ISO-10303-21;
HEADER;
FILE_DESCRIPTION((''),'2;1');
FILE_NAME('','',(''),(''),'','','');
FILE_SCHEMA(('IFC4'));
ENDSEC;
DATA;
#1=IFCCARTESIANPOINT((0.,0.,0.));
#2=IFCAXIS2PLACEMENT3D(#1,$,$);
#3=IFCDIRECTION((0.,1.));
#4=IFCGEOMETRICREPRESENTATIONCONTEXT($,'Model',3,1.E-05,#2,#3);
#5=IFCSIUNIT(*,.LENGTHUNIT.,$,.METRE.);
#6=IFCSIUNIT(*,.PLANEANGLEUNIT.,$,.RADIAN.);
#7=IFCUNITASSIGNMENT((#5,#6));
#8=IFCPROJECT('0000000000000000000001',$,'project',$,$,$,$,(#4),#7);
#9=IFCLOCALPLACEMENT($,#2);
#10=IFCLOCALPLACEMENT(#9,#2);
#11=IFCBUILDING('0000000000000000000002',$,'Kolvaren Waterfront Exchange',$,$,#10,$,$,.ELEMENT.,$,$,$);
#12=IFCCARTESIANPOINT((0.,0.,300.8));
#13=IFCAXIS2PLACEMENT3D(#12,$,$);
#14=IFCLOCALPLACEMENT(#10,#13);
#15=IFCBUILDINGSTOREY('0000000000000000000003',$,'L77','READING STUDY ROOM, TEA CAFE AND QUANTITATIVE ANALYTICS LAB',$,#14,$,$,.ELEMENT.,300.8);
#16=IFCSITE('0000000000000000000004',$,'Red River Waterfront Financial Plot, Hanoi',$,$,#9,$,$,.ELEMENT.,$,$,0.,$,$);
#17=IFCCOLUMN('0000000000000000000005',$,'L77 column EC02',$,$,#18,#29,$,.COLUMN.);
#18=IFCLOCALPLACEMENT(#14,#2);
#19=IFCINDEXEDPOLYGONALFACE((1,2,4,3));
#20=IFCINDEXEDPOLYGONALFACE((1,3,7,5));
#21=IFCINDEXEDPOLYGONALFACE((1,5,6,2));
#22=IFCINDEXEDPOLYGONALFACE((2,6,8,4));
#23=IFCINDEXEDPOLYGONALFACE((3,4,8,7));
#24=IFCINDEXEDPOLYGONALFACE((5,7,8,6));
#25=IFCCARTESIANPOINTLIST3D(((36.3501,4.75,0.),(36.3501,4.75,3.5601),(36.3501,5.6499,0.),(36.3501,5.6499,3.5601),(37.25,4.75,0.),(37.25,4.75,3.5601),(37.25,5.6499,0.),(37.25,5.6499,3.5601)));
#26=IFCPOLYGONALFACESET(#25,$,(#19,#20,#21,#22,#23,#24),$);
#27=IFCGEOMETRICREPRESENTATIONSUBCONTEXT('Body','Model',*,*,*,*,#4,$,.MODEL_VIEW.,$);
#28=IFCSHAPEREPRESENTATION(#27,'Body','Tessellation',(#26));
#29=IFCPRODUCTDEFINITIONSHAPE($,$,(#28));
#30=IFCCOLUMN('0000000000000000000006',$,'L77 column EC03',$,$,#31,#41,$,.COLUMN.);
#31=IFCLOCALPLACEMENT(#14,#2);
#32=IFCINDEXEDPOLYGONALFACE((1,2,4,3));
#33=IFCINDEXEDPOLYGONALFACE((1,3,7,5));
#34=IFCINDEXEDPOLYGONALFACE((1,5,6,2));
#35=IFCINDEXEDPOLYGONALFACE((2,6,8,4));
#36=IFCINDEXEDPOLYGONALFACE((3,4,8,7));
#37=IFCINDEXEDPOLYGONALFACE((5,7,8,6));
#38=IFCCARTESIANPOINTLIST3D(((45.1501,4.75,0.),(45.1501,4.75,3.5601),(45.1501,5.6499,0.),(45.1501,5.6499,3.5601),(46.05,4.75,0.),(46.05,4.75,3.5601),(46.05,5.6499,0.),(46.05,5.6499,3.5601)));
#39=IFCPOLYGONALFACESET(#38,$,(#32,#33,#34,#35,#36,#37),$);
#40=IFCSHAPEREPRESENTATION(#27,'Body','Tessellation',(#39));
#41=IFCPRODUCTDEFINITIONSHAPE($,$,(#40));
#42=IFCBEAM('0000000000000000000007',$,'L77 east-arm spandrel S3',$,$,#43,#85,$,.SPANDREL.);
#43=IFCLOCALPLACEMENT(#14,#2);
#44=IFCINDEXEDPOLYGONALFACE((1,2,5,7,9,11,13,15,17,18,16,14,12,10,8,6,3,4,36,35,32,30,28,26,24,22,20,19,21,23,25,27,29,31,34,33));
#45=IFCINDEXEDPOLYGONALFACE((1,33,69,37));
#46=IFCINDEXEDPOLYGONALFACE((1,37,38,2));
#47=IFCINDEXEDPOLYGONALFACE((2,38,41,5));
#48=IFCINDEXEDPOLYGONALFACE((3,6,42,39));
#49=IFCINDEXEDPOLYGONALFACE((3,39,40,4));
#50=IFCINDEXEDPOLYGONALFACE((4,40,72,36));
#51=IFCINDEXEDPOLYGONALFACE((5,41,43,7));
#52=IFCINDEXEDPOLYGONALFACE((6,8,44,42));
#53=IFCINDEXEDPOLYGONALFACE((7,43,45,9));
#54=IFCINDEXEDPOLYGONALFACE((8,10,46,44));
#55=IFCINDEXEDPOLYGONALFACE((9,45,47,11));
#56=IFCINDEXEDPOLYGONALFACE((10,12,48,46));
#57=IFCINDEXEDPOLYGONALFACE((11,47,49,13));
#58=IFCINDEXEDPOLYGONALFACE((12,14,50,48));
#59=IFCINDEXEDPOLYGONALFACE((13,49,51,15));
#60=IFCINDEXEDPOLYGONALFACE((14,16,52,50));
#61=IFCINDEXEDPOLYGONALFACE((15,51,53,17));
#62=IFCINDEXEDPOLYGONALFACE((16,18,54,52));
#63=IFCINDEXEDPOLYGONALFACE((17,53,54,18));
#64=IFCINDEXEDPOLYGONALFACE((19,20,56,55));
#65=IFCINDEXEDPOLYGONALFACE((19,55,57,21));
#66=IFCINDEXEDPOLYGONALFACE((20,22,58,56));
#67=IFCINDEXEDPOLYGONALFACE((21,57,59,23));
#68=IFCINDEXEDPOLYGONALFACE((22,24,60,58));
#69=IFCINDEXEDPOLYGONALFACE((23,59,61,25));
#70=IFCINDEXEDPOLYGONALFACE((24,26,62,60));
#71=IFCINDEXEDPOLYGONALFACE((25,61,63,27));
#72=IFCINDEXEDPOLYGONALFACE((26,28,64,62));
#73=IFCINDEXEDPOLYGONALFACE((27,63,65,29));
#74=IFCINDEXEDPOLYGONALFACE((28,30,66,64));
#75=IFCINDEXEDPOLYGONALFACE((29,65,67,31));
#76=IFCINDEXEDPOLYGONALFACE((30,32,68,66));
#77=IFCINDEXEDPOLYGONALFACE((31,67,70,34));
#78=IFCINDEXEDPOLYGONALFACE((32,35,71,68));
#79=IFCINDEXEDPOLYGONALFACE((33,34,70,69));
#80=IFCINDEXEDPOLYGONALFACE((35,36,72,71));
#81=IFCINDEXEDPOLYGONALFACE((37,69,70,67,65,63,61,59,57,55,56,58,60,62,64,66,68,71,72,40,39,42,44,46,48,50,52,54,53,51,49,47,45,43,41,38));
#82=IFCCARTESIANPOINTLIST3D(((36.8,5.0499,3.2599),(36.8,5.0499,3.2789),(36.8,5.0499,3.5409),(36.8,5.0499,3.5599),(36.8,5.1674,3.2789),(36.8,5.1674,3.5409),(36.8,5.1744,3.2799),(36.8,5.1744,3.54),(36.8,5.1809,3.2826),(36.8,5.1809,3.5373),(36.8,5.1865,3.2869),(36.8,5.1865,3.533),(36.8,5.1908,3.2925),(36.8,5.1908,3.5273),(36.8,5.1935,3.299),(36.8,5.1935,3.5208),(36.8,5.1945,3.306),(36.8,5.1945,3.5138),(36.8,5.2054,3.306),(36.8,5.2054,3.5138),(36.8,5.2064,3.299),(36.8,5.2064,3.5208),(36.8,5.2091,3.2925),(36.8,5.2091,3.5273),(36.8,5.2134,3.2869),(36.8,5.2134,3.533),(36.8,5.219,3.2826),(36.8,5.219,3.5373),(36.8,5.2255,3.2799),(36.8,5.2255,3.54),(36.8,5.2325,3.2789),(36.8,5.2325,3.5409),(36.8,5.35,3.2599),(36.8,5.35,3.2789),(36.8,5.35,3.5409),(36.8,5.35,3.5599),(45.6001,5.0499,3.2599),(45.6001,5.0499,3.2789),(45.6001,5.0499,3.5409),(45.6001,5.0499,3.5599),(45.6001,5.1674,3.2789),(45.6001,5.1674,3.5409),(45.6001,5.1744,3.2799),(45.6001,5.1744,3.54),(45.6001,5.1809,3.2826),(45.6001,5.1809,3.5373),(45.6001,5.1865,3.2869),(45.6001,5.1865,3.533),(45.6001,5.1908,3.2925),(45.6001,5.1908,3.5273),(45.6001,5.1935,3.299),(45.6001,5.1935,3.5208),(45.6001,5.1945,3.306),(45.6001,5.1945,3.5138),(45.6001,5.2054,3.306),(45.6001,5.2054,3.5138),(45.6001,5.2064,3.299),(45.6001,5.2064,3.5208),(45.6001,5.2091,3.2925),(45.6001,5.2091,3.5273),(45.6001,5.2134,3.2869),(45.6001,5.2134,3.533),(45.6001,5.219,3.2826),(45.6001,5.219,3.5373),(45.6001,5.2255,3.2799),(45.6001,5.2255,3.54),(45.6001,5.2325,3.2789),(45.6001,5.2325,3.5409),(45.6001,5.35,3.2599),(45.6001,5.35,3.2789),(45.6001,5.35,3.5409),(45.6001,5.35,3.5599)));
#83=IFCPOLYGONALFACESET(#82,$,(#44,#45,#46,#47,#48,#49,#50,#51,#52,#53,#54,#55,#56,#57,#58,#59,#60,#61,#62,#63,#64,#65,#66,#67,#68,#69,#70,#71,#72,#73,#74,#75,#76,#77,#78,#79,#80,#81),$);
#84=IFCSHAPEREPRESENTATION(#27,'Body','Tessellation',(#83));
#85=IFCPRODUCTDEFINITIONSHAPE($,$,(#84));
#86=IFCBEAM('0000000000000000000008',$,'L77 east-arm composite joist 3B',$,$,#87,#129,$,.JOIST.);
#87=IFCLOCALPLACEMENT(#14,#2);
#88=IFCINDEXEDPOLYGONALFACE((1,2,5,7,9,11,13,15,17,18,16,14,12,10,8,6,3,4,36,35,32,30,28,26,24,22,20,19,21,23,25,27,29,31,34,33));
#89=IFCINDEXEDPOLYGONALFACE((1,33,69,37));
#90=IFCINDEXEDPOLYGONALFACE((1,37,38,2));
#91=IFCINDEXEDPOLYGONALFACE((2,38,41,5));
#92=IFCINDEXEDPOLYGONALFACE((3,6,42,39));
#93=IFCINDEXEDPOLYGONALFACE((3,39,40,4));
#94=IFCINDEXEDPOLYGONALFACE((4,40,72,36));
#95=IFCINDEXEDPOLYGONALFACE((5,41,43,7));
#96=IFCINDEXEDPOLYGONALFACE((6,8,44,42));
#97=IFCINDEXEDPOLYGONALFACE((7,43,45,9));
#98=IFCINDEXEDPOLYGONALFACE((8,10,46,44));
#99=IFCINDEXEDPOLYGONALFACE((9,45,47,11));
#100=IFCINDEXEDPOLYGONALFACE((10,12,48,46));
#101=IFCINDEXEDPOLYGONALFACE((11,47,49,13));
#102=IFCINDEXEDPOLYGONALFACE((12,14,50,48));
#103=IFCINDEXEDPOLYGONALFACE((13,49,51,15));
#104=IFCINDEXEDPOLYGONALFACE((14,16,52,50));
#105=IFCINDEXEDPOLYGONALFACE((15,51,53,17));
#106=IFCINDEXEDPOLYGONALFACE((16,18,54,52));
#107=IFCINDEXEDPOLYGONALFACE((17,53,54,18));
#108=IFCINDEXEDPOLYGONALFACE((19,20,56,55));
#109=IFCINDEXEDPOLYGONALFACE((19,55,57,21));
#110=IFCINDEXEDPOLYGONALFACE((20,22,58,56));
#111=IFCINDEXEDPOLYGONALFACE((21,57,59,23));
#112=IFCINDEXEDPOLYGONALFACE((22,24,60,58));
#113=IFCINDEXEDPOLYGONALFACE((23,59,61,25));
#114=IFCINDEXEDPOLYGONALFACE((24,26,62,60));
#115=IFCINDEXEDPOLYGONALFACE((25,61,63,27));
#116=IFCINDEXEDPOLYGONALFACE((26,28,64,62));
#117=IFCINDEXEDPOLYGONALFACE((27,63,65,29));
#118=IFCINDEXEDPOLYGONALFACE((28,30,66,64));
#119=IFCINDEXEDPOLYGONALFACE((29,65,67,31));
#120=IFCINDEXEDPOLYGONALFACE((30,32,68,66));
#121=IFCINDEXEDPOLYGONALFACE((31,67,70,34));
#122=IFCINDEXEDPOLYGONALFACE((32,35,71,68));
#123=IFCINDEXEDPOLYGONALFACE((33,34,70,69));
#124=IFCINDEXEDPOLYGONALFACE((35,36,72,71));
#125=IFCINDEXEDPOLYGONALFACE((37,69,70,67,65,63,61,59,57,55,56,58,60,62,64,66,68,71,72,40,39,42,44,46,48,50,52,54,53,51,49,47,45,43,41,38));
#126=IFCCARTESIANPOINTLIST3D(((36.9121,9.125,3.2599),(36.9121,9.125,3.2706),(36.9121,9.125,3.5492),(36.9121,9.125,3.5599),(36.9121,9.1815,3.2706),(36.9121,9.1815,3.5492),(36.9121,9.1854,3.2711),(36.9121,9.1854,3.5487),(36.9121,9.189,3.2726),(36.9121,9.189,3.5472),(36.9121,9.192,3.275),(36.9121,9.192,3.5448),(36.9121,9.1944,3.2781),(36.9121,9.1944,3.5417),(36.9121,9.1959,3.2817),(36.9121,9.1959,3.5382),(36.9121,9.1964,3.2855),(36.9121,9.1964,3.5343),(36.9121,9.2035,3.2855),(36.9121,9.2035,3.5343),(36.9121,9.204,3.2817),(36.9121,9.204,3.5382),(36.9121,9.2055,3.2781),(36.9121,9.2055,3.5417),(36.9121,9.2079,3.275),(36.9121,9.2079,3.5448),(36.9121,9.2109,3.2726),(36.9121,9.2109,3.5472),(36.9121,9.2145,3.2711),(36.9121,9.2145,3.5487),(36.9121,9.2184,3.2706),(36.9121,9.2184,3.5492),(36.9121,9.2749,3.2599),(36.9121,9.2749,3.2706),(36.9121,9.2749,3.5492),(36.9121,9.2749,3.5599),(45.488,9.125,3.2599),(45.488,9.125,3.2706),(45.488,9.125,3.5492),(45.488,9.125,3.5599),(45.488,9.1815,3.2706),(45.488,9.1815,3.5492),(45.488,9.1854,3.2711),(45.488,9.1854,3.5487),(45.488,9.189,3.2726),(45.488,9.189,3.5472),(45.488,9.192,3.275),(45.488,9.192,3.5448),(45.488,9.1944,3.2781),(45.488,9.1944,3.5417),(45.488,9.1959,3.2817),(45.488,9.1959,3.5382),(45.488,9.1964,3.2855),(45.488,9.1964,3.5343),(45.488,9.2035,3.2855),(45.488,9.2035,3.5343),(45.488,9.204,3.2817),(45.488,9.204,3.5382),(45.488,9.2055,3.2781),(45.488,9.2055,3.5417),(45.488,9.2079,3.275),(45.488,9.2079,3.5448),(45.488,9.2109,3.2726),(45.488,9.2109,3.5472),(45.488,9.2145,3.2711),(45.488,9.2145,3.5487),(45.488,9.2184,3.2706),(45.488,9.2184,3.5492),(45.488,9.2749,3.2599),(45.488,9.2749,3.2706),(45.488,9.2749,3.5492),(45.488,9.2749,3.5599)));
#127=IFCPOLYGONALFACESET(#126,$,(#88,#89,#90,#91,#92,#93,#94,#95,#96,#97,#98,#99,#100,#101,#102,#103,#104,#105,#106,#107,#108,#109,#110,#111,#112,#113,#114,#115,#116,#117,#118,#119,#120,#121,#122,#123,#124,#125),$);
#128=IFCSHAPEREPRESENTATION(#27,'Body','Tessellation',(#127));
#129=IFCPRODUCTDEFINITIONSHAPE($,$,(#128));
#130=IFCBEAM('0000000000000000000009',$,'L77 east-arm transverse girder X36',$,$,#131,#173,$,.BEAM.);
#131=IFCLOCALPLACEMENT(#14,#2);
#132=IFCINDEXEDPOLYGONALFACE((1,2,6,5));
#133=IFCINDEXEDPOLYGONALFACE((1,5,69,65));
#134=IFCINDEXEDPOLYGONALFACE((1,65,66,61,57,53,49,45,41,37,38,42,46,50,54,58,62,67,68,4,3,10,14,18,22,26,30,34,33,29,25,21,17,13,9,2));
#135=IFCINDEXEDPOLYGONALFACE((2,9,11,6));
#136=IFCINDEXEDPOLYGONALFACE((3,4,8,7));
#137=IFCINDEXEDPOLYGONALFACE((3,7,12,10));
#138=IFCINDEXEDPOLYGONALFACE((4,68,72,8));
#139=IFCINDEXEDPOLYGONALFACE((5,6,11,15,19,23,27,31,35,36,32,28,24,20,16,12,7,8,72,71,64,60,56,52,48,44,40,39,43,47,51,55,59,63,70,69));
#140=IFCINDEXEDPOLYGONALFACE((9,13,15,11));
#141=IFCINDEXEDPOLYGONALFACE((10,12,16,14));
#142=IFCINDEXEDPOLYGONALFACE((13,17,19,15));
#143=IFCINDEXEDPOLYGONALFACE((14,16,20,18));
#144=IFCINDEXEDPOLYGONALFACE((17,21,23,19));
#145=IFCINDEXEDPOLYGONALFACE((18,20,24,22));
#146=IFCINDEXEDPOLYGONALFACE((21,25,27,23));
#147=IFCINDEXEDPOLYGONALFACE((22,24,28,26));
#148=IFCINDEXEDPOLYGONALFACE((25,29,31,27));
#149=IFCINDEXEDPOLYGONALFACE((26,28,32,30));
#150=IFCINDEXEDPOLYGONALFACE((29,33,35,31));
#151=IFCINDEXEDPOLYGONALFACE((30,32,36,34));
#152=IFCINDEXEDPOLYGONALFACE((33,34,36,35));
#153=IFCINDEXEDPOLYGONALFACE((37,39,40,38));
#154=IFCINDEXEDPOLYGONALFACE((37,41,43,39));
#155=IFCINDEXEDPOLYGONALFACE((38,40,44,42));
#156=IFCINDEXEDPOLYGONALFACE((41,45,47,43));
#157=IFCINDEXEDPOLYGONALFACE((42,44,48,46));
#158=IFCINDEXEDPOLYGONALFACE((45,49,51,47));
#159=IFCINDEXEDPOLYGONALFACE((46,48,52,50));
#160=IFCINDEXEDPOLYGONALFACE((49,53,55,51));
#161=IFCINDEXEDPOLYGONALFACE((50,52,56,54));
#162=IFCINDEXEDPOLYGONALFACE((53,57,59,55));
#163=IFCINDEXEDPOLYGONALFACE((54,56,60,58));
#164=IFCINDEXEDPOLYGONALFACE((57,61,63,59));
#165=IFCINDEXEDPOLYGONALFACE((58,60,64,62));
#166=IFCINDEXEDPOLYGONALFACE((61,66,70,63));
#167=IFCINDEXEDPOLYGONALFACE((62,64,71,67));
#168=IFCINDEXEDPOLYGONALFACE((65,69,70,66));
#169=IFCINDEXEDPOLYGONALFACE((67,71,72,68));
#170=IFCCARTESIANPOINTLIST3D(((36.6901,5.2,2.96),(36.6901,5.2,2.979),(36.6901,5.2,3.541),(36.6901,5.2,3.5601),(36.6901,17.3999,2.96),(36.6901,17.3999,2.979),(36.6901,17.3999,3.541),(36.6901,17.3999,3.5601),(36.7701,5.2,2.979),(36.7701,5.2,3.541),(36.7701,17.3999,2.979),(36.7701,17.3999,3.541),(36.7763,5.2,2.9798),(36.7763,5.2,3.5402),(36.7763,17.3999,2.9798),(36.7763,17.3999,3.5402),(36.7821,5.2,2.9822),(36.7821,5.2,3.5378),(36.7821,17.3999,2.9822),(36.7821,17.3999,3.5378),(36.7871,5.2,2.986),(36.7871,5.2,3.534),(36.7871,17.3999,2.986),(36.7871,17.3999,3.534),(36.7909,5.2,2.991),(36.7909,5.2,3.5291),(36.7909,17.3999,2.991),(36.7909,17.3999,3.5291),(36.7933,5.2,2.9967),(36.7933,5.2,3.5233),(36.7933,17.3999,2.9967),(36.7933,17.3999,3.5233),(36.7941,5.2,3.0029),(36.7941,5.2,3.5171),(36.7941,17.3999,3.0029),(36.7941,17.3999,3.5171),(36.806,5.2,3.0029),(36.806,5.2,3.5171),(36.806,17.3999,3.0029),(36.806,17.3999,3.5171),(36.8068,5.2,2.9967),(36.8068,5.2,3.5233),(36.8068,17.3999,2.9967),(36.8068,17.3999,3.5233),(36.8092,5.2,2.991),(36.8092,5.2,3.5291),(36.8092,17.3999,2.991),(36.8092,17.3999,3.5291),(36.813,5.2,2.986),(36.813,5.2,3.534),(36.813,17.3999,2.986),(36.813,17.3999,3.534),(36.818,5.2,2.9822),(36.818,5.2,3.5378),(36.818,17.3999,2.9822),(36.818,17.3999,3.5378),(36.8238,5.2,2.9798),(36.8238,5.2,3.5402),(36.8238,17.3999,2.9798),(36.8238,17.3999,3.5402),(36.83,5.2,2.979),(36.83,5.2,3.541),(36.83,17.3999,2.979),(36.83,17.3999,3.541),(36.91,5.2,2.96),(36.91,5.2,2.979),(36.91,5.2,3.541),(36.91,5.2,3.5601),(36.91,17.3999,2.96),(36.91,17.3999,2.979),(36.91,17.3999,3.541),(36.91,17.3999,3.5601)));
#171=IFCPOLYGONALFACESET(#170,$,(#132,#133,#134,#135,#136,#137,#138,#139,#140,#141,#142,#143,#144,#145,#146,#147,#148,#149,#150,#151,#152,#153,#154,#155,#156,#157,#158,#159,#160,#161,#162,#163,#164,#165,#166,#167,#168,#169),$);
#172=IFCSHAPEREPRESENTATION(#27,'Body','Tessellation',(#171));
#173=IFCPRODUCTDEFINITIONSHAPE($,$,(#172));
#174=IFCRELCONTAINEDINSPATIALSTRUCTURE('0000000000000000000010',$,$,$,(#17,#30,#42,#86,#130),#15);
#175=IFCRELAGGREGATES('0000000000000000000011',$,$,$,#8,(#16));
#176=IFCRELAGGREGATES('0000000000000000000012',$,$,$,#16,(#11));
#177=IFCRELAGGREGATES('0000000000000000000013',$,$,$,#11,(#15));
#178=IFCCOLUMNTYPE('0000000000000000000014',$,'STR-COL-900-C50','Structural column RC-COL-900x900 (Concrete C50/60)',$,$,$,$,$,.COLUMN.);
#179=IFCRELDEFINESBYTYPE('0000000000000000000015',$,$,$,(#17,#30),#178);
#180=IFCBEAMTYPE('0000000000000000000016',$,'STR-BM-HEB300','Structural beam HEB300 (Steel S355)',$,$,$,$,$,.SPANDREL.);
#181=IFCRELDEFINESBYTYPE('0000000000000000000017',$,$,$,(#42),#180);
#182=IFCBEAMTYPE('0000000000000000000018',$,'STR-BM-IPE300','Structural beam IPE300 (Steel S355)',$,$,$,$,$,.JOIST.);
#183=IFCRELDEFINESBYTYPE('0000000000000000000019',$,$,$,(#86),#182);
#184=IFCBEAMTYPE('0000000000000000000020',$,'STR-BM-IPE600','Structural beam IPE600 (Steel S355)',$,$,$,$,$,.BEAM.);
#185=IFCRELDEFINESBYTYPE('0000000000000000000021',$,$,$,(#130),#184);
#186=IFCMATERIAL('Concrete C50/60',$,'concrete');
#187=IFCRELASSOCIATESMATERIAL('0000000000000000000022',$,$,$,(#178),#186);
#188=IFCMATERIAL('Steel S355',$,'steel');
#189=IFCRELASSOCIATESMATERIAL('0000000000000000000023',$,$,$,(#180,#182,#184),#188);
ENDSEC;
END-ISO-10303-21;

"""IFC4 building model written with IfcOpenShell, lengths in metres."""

from ifc_helpers import new_model, si_unit, direction, frame, origin, origin_2d, place, context, subcontext, project, spatial, rectangle, i_section, extrude, material, material_profile, profile_set, type_object, element, save


model = new_model("IFC4")

# Units and contexts
model_context = context("Model", 3, precision=1e-05, world=origin(), true_north=direction((0.0, 1.0)))
body_context = subcontext(model_context, "Body", "Model", "MODEL_VIEW")
ifc_project = project(units=[si_unit("LENGTHUNIT", "METRE"), si_unit("PLANEANGLEUNIT", "RADIAN")], contexts=[model_context])

# Site, building, storey
site_placement = place(None, origin())
site = spatial("IfcSite", under=ifc_project, at=site_placement, Name="Red River Waterfront Financial Plot, Hanoi", CompositionType="ELEMENT", RefElevation=0.0)
building_placement = place(site_placement, origin())
building = spatial("IfcBuilding", under=site, at=building_placement, Name="Kolvaren Waterfront Exchange", CompositionType="ELEMENT")
storey_placement = place(building_placement, frame((0.0, 0.0, 300.8)))
storey = spatial("IfcBuildingStorey", under=building, at=storey_placement, Name="L77", Description="READING STUDY ROOM, TEA CAFE AND QUANTITATIVE ANALYTICS LAB", CompositionType="ELEMENT", Elevation=300.8)

# Columns
ifc_material_1 = material(Name="Concrete C50/60", Category="concrete")
ifc_material_profile_1 = material_profile(ifc_material_1, rectangle(XDim=0.8999, YDim=0.8999, at=origin_2d()), Name="RC-COL-900x900")
ifc_profile_set_1 = profile_set([ifc_material_profile_1], Name="Concrete C50/60")
column_type = type_object("IfcColumnType", Name="STR-COL-900-C50", Description="Structural column RC-COL-900x900 (Concrete C50/60)", PredefinedType="COLUMN", material=ifc_profile_set_1)
for number, where, z_axis, x_axis, name in (
    (1, (36.8, 5.2, 0.0), (0.0, 0.0, 1.0), (1.0, 0.0, 0.0), "L77 column EC02"),
    (2, (45.6001, 5.2, 0.0), (0.0, 0.0, 1.0), (1.0, 0.0, 0.0), "L77 column EC03"),
):
    element("IfcColumn", number, at=place(storey_placement, frame(where, z_axis=z_axis, x_axis=x_axis)), inside=storey, type_object=column_type, Name=name, PredefinedType="COLUMN", context=body_context, shape_type="SweptSolid", body=[
        extrude(rectangle(XDim=0.8999, YDim=0.8999, at=origin_2d()), origin(), (0.0, 0.0, 1.0), 3.5601),
    ])

# Beams
ifc_material_2 = material(Name="Steel S355", Category="steel")
ifc_material_profile_2 = material_profile(ifc_material_2, i_section(OverallWidth=0.3, OverallDepth=0.3, WebThickness=0.011, FlangeThickness=0.019, FilletRadius=0.0271, at=origin_2d()), Name="HEB300")
ifc_profile_set_2 = profile_set([ifc_material_profile_2], Name="Steel S355")
beam_type_1 = type_object("IfcBeamType", Name="STR-BM-HEB300", Description="Structural beam HEB300 (Steel S355)", PredefinedType="SPANDREL", material=ifc_profile_set_2)
beam_1_placement = place(storey_placement, frame((36.8, 5.2, 3.4099), z_axis=(1.0, 0.0, 0.0), x_axis=(0.0, 1.0, 0.0)))
element("IfcBeam", 3, at=beam_1_placement, inside=storey, type_object=beam_type_1, Name="L77 east-arm spandrel S3", PredefinedType="SPANDREL", context=body_context, shape_type="SweptSolid", body=[
    extrude(i_section(OverallWidth=0.3, OverallDepth=0.3, WebThickness=0.011, FlangeThickness=0.019, FilletRadius=0.0271, at=origin_2d()), origin(), (0.0, 0.0, 1.0), 8.8),
])
ifc_material_profile_3 = material_profile(ifc_material_2, i_section(OverallWidth=0.1499, OverallDepth=0.3, WebThickness=0.0071, FlangeThickness=0.0107, FilletRadius=0.0149, at=origin_2d()), Name="IPE300")
ifc_profile_set_3 = profile_set([ifc_material_profile_3], Name="Steel S355")
beam_type_2 = type_object("IfcBeamType", Name="STR-BM-IPE300", Description="Structural beam IPE300 (Steel S355)", PredefinedType="JOIST", material=ifc_profile_set_3)
beam_2_placement = place(storey_placement, frame((36.9121, 9.2, 3.4099), z_axis=(1.0, 0.0, 0.0), x_axis=(0.0, 1.0, 0.0)))
element("IfcBeam", 4, at=beam_2_placement, inside=storey, type_object=beam_type_2, Name="L77 east-arm composite joist 3B", PredefinedType="JOIST", context=body_context, shape_type="SweptSolid", body=[
    extrude(i_section(OverallWidth=0.1499, OverallDepth=0.3, WebThickness=0.0071, FlangeThickness=0.0107, FilletRadius=0.0149, at=origin_2d()), origin(), (0.0, 0.0, 1.0), 8.5759),
])
ifc_material_profile_4 = material_profile(ifc_material_2, i_section(OverallWidth=0.22, OverallDepth=0.6001, WebThickness=0.012, FlangeThickness=0.019, FilletRadius=0.0239, at=origin_2d()), Name="IPE600")
ifc_profile_set_4 = profile_set([ifc_material_profile_4], Name="Steel S355")
beam_type_3 = type_object("IfcBeamType", Name="STR-BM-IPE600", Description="Structural beam IPE600 (Steel S355)", PredefinedType="BEAM", material=ifc_profile_set_4)
for number, where, z_axis, x_axis, name in (
    (5, (36.8, 5.2, 3.26), (0.0, 1.0, 0.0), (-1.0, 0.0, 0.0), "L77 east-arm transverse girder X36"),
):
    element("IfcBeam", number, at=place(storey_placement, frame(where, z_axis=z_axis, x_axis=x_axis)), inside=storey, type_object=beam_type_3, Name=name, PredefinedType="BEAM", context=body_context, shape_type="SweptSolid", body=[
        extrude(i_section(OverallWidth=0.22, OverallDepth=0.6001, WebThickness=0.012, FlangeThickness=0.019, FilletRadius=0.0239, at=origin_2d()), origin(), (0.0, 0.0, 1.0), 12.2),
    ])

save(model, "model.ifc")
